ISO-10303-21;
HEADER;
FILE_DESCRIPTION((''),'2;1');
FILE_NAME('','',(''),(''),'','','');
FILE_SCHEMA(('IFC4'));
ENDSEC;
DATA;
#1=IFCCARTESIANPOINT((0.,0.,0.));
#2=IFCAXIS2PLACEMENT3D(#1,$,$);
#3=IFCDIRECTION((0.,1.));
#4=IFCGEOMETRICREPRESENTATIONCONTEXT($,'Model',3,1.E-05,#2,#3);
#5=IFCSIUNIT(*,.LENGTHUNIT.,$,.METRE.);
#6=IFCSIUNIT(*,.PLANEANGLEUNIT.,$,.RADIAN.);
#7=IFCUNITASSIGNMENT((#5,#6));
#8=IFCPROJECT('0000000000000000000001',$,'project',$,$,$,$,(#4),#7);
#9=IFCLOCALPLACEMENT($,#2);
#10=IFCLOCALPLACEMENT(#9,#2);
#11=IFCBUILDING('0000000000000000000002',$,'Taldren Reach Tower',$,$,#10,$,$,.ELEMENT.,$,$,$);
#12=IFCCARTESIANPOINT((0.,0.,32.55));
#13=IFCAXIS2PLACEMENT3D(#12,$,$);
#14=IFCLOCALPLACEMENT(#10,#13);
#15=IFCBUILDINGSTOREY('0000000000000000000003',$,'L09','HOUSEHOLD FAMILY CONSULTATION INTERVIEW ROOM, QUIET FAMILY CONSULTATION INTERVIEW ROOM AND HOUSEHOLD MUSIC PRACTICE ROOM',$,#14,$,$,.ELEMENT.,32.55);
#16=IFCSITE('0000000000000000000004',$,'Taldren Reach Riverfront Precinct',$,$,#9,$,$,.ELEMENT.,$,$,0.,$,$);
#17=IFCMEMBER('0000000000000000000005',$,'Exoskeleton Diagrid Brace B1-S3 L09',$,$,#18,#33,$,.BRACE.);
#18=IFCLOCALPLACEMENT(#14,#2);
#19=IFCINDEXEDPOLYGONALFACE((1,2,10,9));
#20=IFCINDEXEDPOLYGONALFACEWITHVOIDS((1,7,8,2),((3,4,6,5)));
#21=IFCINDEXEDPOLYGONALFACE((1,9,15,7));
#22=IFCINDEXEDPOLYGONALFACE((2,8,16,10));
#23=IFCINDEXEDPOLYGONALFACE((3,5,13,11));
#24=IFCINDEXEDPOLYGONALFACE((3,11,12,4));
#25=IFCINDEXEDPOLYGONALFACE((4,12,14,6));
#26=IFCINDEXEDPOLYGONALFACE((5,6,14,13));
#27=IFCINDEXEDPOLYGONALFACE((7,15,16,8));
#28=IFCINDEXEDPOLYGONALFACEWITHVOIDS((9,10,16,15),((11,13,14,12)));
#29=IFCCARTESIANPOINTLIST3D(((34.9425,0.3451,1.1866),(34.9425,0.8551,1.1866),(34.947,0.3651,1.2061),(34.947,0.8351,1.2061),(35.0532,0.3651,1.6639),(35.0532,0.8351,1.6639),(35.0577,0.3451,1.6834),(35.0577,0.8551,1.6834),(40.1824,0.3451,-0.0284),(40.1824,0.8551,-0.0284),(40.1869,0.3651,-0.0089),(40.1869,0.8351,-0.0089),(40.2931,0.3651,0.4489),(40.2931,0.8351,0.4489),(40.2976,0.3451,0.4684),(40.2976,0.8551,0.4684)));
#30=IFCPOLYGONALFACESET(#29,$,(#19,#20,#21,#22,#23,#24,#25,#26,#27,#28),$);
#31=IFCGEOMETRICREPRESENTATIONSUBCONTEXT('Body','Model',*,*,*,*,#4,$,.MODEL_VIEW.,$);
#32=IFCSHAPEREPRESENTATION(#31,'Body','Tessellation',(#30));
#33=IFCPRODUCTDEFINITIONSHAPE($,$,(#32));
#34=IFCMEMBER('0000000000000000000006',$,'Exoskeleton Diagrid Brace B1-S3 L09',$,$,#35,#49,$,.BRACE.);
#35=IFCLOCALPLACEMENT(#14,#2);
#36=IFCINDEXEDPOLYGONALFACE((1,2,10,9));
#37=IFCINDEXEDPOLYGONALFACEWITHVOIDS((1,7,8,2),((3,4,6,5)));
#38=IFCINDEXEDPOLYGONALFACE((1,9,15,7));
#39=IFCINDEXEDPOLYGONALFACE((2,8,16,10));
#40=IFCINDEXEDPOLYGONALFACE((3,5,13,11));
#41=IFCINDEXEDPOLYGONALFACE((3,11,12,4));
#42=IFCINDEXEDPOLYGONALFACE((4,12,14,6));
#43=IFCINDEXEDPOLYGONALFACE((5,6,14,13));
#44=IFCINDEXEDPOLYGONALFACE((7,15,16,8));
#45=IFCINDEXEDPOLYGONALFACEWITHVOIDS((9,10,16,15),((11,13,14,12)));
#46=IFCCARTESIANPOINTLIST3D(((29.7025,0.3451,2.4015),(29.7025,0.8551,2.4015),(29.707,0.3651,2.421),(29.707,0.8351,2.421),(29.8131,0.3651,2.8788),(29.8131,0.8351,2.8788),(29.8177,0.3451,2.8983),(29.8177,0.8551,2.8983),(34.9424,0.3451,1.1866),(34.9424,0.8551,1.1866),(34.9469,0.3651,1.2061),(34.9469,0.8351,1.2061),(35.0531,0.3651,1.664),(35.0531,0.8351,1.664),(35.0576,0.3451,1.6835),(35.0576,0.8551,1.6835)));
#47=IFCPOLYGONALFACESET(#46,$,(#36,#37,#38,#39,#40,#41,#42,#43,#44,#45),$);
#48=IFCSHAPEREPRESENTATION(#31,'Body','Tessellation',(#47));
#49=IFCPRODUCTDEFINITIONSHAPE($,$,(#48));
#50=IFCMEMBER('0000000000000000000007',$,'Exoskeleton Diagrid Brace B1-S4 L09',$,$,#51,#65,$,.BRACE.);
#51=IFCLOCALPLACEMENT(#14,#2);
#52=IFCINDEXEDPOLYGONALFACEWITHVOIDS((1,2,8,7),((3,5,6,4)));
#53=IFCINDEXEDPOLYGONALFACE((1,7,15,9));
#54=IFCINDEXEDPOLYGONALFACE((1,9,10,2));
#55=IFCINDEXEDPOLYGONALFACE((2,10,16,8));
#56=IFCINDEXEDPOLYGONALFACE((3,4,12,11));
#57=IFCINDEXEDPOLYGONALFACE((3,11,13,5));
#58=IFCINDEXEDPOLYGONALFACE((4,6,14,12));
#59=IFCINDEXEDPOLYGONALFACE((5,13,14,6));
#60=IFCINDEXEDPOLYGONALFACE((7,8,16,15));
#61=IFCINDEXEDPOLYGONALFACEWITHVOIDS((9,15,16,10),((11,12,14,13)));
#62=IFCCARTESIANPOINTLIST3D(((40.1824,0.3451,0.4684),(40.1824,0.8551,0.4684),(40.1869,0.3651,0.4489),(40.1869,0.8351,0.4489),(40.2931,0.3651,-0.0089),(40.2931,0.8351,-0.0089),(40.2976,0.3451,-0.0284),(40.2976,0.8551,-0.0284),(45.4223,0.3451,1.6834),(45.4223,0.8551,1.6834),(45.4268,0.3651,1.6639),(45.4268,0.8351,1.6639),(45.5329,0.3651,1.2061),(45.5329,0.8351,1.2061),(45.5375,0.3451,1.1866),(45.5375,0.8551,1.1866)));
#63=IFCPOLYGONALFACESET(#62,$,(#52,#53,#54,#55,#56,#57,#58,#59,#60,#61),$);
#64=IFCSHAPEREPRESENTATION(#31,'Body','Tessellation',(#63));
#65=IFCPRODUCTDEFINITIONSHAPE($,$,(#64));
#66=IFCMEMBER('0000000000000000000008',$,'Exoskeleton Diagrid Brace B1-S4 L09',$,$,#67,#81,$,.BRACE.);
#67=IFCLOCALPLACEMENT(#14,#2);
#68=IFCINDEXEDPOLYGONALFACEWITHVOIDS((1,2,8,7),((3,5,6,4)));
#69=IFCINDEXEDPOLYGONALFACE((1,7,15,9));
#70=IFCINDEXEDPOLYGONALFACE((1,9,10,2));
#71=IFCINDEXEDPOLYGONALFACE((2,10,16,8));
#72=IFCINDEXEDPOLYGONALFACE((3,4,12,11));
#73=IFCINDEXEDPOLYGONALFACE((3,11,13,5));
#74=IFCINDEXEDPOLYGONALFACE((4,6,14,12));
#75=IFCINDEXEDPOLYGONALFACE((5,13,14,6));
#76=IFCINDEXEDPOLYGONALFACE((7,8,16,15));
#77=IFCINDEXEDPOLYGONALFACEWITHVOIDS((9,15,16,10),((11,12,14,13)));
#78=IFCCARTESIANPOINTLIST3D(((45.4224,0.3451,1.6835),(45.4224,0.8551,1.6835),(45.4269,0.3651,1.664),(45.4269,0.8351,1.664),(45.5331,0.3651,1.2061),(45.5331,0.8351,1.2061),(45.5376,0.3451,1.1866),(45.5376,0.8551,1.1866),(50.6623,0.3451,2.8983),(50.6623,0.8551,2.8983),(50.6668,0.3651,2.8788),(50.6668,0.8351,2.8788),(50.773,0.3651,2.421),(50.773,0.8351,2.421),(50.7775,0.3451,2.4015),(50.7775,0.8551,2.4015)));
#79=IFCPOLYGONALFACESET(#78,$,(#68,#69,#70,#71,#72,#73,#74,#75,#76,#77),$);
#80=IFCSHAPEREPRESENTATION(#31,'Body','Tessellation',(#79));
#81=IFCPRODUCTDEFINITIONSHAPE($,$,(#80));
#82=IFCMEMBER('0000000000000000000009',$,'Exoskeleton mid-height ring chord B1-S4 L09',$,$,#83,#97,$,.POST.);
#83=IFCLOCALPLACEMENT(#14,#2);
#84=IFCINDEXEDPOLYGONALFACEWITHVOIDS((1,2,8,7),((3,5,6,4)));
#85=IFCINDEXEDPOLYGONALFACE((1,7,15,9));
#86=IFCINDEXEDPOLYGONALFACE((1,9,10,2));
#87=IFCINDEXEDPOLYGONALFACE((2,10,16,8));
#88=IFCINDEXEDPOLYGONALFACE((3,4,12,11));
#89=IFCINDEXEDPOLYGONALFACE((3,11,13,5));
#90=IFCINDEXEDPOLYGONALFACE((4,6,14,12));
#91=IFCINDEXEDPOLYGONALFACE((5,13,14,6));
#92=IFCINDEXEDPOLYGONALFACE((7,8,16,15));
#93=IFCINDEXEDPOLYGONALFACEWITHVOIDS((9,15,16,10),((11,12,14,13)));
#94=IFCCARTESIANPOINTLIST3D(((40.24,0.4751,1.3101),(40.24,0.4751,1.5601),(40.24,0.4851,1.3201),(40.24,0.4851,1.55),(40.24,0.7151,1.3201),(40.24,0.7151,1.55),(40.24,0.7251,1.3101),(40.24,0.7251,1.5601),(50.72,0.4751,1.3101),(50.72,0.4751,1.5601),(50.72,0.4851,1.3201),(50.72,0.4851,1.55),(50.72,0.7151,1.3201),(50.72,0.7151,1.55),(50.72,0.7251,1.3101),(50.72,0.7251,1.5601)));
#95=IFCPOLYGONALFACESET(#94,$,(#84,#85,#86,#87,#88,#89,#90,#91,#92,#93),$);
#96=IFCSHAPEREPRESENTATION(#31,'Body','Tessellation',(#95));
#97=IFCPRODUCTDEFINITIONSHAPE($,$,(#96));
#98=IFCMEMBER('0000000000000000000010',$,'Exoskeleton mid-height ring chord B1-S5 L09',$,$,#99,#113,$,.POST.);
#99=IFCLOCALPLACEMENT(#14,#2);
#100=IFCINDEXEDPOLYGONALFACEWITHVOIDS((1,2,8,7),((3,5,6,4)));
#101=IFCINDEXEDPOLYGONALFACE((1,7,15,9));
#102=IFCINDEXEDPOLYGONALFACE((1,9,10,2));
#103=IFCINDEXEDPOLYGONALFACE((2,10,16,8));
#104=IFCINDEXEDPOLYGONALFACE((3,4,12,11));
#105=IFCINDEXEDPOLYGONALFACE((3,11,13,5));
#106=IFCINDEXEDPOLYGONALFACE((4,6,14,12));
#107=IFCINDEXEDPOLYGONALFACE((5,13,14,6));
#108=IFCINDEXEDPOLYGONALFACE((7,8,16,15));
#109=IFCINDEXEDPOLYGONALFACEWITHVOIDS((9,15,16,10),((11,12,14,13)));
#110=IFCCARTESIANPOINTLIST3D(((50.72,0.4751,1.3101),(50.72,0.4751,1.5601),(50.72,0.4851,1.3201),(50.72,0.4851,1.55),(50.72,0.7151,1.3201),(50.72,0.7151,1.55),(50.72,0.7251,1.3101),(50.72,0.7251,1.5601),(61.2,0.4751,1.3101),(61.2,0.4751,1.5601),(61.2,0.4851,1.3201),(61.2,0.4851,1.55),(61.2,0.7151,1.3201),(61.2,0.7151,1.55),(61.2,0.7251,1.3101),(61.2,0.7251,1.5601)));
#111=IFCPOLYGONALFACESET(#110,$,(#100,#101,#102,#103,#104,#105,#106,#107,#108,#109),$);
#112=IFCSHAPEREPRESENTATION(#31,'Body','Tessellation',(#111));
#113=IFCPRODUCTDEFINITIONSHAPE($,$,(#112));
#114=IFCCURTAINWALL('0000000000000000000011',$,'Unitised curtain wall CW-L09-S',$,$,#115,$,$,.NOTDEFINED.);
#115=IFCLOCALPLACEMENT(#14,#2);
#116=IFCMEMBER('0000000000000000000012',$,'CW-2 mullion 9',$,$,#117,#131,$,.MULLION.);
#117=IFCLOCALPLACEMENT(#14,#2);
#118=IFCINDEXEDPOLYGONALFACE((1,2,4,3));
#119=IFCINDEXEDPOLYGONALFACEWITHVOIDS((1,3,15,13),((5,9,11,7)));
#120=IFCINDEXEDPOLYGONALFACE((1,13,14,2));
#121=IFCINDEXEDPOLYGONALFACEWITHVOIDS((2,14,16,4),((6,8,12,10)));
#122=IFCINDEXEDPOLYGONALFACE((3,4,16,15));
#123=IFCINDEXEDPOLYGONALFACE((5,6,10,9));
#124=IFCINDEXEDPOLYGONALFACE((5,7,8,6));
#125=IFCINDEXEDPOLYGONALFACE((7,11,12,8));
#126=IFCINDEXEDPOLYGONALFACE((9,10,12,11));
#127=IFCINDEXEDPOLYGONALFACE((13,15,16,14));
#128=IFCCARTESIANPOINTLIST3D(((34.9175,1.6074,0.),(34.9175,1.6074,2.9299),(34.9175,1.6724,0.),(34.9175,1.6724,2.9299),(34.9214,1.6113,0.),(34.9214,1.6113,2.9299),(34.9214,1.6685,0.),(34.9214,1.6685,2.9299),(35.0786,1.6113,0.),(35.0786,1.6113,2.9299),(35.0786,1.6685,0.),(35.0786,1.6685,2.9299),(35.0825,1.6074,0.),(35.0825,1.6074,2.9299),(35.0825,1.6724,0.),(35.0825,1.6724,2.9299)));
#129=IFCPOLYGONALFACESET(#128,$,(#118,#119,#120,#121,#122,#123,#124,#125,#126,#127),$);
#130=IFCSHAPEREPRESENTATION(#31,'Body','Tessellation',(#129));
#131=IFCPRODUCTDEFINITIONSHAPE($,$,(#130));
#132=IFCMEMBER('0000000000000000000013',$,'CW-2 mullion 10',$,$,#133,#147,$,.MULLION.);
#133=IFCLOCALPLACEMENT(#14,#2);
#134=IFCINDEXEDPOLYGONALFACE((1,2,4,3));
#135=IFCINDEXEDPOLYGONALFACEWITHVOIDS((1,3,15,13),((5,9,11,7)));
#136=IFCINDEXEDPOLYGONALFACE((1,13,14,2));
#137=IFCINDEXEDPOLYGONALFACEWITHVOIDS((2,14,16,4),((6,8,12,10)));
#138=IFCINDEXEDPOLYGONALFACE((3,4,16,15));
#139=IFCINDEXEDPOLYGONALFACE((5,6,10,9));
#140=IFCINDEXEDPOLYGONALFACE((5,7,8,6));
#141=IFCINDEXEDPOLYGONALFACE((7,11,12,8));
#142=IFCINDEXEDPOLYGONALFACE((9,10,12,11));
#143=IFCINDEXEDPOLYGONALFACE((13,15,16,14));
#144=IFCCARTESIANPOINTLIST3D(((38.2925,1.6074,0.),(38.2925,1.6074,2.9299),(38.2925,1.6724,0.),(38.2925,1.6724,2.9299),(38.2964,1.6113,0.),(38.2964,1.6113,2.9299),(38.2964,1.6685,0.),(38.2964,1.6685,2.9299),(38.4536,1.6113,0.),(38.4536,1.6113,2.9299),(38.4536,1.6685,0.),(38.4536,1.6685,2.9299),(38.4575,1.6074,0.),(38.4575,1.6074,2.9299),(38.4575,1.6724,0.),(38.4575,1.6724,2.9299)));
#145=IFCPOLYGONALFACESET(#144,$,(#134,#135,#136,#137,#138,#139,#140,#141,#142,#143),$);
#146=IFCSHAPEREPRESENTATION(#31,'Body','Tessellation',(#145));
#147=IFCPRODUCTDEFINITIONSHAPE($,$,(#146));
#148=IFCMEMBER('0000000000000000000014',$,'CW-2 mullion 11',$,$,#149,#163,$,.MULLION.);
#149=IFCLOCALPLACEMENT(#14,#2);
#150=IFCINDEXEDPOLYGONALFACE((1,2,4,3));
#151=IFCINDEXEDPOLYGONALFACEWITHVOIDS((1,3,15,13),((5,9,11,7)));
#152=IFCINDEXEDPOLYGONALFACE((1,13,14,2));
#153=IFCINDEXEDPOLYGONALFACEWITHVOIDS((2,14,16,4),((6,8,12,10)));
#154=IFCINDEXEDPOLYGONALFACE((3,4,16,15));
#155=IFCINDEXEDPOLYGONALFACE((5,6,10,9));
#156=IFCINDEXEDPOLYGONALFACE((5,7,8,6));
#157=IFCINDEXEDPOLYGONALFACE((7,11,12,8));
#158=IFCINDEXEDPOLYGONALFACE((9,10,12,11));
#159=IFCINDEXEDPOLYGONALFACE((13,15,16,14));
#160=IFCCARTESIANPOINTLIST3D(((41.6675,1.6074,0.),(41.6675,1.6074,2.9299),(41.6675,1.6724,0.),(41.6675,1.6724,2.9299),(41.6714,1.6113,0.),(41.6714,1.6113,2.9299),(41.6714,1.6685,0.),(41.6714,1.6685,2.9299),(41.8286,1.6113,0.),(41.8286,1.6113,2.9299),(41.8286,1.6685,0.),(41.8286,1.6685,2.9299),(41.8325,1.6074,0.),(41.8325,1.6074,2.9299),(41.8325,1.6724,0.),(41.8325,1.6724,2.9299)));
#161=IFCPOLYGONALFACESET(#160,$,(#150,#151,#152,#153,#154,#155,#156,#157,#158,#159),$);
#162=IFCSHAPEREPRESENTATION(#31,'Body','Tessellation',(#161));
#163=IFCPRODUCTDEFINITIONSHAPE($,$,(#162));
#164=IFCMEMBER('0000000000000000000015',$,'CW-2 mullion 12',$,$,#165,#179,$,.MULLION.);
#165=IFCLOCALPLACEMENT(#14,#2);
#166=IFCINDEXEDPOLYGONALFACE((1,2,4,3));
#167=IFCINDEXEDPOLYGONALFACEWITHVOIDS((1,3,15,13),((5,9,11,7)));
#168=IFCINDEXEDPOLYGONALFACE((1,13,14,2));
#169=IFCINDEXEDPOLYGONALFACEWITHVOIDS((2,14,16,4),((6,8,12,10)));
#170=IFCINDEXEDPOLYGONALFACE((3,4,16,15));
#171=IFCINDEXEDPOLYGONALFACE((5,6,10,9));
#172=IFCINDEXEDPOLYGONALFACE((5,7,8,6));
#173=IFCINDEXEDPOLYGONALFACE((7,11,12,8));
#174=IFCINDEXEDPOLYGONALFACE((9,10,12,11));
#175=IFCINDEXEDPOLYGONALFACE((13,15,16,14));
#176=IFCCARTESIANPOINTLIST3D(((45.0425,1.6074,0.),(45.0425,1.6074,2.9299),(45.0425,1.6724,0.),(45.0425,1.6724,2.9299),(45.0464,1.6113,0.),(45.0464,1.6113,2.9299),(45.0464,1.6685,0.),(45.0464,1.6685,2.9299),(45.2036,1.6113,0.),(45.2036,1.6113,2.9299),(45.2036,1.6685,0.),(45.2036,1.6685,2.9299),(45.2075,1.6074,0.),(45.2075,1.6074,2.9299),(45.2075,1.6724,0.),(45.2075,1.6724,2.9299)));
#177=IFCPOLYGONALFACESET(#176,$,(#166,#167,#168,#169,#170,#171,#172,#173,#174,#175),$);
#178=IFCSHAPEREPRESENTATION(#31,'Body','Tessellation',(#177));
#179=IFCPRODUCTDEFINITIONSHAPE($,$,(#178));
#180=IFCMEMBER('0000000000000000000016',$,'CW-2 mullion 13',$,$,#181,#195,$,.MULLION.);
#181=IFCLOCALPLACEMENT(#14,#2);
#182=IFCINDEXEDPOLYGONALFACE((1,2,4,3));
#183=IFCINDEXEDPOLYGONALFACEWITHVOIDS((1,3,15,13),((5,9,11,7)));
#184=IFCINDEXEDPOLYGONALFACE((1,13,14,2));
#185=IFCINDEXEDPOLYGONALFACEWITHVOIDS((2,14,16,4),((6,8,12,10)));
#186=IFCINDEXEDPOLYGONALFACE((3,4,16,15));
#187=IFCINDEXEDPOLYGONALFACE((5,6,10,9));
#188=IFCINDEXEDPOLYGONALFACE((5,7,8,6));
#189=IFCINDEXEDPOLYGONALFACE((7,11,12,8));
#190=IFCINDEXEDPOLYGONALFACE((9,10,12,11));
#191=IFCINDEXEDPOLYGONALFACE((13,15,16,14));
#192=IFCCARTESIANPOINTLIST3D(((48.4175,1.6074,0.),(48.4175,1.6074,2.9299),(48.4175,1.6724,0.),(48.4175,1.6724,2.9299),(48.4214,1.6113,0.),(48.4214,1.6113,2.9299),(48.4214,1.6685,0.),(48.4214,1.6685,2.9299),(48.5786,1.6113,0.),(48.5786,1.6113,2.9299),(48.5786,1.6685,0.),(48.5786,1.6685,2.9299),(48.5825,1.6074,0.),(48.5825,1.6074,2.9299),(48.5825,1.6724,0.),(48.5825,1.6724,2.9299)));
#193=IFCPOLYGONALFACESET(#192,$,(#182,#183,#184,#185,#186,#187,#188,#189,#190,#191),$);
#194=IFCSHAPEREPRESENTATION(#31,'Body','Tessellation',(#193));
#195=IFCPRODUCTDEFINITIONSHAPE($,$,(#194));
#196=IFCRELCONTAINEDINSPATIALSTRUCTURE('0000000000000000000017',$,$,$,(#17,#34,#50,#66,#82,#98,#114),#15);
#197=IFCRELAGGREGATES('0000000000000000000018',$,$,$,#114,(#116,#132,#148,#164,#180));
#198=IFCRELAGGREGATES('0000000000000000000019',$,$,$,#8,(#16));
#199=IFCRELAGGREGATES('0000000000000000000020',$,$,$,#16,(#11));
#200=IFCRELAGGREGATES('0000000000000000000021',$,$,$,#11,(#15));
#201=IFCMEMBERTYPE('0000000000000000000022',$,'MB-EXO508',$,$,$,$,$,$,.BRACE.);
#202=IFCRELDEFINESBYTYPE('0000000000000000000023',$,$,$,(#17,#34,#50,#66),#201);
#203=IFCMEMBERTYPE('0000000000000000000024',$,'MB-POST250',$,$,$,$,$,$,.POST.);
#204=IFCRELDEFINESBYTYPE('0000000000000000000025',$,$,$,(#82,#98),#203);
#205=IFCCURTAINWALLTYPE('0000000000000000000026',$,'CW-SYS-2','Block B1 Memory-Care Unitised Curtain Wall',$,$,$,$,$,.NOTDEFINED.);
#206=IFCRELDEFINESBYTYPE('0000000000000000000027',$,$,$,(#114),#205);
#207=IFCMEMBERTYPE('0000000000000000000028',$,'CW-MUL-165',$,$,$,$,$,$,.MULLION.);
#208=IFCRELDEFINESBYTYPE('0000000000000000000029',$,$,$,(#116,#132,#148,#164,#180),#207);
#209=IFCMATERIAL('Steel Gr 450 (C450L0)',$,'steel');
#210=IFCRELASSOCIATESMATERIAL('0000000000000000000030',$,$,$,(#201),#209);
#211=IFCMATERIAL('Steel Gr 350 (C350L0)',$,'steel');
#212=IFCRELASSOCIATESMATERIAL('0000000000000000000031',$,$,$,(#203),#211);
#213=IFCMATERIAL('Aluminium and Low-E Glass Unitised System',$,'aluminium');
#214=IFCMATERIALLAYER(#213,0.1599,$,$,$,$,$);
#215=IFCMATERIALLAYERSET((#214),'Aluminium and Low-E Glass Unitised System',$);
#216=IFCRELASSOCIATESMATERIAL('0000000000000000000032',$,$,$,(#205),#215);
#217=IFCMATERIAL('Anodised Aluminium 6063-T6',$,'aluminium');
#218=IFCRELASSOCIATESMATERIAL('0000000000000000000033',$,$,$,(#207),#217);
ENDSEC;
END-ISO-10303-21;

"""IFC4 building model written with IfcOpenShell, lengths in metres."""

from ifc_helpers import new_model, si_unit, direction, frame, origin, origin_2d, place, context, subcontext, project, spatial, hollow_rectangle, extrude, source, transform, mapped, material, layer, layer_set, material_profile, profile_set, type_object, element, aggregate, save


model = new_model("IFC4")

# Units and contexts
model_context = context("Model", 3, precision=1e-05, world=origin(), true_north=direction((0.0, 1.0)))
body_context = subcontext(model_context, "Body", "Model", "MODEL_VIEW")
ifc_project = project(units=[si_unit("LENGTHUNIT", "METRE"), si_unit("PLANEANGLEUNIT", "RADIAN")], contexts=[model_context])

# Site, building, storey
site_placement = place(None, origin())
site = spatial("IfcSite", under=ifc_project, at=site_placement, Name="Taldren Reach Riverfront Precinct", CompositionType="ELEMENT", RefElevation=0.0)
building_placement = place(site_placement, origin())
building = spatial("IfcBuilding", under=site, at=building_placement, Name="Taldren Reach Tower", CompositionType="ELEMENT")
storey_placement = place(building_placement, frame((0.0, 0.0, 32.55)))
storey = spatial("IfcBuildingStorey", under=building, at=storey_placement, Name="L09", Description="HOUSEHOLD FAMILY CONSULTATION INTERVIEW ROOM, QUIET FAMILY CONSULTATION INTERVIEW ROOM AND HOUSEHOLD MUSIC PRACTICE ROOM", CompositionType="ELEMENT", Elevation=32.55)

# Members
ifc_material_1 = material(Name="Steel Gr 450 (C450L0)", Category="steel")
ifc_material_profile_1 = material_profile(ifc_material_1, hollow_rectangle(XDim=0.51, YDim=0.51, WallThickness=0.02, at=origin_2d()), Name="510x510x20.0SHS")
ifc_profile_set_1 = profile_set([ifc_material_profile_1], Name="Steel Gr 450 (C450L0)")
member_type_1 = type_object("IfcMemberType", Name="MB-EXO508", PredefinedType="BRACE", material=ifc_profile_set_1)
shared_shape_1 = source(origin(), body_context, "Body", "SweptSolid", [
    extrude(hollow_rectangle(XDim=0.51, YDim=0.51, WallThickness=0.02, at=origin_2d()), origin(), (0.0, 0.0, 1.0), 5.3789),
])
for number, where, z_axis, x_axis, name in (
    (1, (40.24, 0.6001, 0.22), (-0.974152, 0.0, 0.225894), (0.0, -1.0, 0.0), "Exoskeleton Diagrid Brace B1-S3 L09"),
    (2, (35.0, 0.6001, 1.4351), (-0.974162, 0.0, 0.225851), (0.0, -1.0, 0.0), "Exoskeleton Diagrid Brace B1-S3 L09"),
    (3, (40.24, 0.6001, 0.22), (0.974152, 0.0, 0.225894), (0.0, 1.0, 0.0), "Exoskeleton Diagrid Brace B1-S4 L09"),
    (4, (45.48, 0.6001, 1.4351), (0.974162, 0.0, 0.225851), (0.0, 1.0, 0.0), "Exoskeleton Diagrid Brace B1-S4 L09"),
):
    element("IfcMember", number, at=place(storey_placement, frame(where, z_axis=z_axis, x_axis=x_axis)), inside=storey, type_object=member_type_1, Name=name, PredefinedType="BRACE", context=body_context, shape_type="MappedRepresentation", body=[
        mapped(shared_shape_1, transform((0.0, 0.0, 0.0), scale=1.0)),
    ])
ifc_material_2 = material(Name="Steel Gr 350 (C350L0)", Category="steel")
ifc_material_profile_2 = material_profile(ifc_material_2, hollow_rectangle(XDim=0.25, YDim=0.25, WallThickness=0.01, at=origin_2d()), Name="250x250x10.0SHS")
ifc_profile_set_2 = profile_set([ifc_material_profile_2], Name="Steel Gr 350 (C350L0)")
member_type_2 = type_object("IfcMemberType", Name="MB-POST250", PredefinedType="POST", material=ifc_profile_set_2)
shared_shape_2 = source(origin(), body_context, "Body", "SweptSolid", [
    extrude(hollow_rectangle(XDim=0.25, YDim=0.25, WallThickness=0.01, at=origin_2d()), origin(), (0.0, 0.0, 1.0), 10.48),
])
for number, where, z_axis, x_axis, name in (
    (5, (40.24, 0.6001, 1.4351), (1.0, 0.0, 0.0), (0.0, 1.0, 0.0), "Exoskeleton mid-height ring chord B1-S4 L09"),
    (6, (50.72, 0.6001, 1.4351), (1.0, 0.0, 0.0), (0.0, 1.0, 0.0), "Exoskeleton mid-height ring chord B1-S5 L09"),
):
    element("IfcMember", number, at=place(storey_placement, frame(where, z_axis=z_axis, x_axis=x_axis)), inside=storey, type_object=member_type_2, Name=name, PredefinedType="POST", context=body_context, shape_type="MappedRepresentation", body=[
        mapped(shared_shape_2, transform((0.0, 0.0, 0.0), scale=1.0)),
    ])

# Curtain wall, members
ifc_material_3 = material(Name="Aluminium and Low-E Glass Unitised System", Category="aluminium")
ifc_layer_1 = layer(ifc_material_3, 0.1599)
ifc_layer_set_1 = layer_set([ifc_layer_1], Name="Aluminium and Low-E Glass Unitised System")
curtain_wall_type = type_object("IfcCurtainWallType", Name="CW-SYS-2", Description="Block B1 Memory-Care Unitised Curtain Wall", PredefinedType="NOTDEFINED", material=ifc_layer_set_1)
curtain_wall_placement = place(storey_placement, origin())
curtain_wall = element("IfcCurtainWall", 7, at=curtain_wall_placement, inside=storey, type_object=curtain_wall_type, Name="Unitised curtain wall CW-L09-S", PredefinedType="NOTDEFINED")
ifc_material_4 = material(Name="Anodised Aluminium 6063-T6", Category="aluminium")
ifc_material_profile_3 = material_profile(ifc_material_4, hollow_rectangle(XDim=0.0649, YDim=0.165, WallThickness=0.0039, at=origin_2d()), Name="ALU-165x65x4RHS")
ifc_profile_set_3 = profile_set([ifc_material_profile_3], Name="Anodised Aluminium 6063-T6")
member_type_3 = type_object("IfcMemberType", Name="CW-MUL-165", PredefinedType="MULLION", material=ifc_profile_set_3)
shared_shape_3 = source(origin(), body_context, "Body", "SweptSolid", [
    extrude(hollow_rectangle(XDim=0.0649, YDim=0.165, WallThickness=0.0039, at=origin_2d()), origin(), (0.0, 0.0, 1.0), 2.9299),
])
member_1_placement = place(storey_placement, frame((35.0, 1.6399, 0.0), z_axis=(0.0, 0.0, 1.0), x_axis=(0.0, 1.0, 0.0)))
member_1 = element("IfcMember", 8, at=member_1_placement, type_object=member_type_3, Name="CW-2 mullion 9", PredefinedType="MULLION", context=body_context, shape_type="MappedRepresentation", body=[
    mapped(shared_shape_3, transform((0.0, 0.0, 0.0), scale=1.0)),
])
member_2_placement = place(storey_placement, frame((38.375, 1.6399, 0.0), z_axis=(0.0, 0.0, 1.0), x_axis=(0.0, 1.0, 0.0)))
member_2 = element("IfcMember", 9, at=member_2_placement, type_object=member_type_3, Name="CW-2 mullion 10", PredefinedType="MULLION", context=body_context, shape_type="MappedRepresentation", body=[
    mapped(shared_shape_3, transform((0.0, 0.0, 0.0), scale=1.0)),
])
member_3_placement = place(storey_placement, frame((41.75, 1.6399, 0.0), z_axis=(0.0, 0.0, 1.0), x_axis=(0.0, 1.0, 0.0)))
member_3 = element("IfcMember", 10, at=member_3_placement, type_object=member_type_3, Name="CW-2 mullion 11", PredefinedType="MULLION", context=body_context, shape_type="MappedRepresentation", body=[
    mapped(shared_shape_3, transform((0.0, 0.0, 0.0), scale=1.0)),
])
member_4_placement = place(storey_placement, frame((45.125, 1.6399, 0.0), z_axis=(0.0, 0.0, 1.0), x_axis=(0.0, 1.0, 0.0)))
member_4 = element("IfcMember", 11, at=member_4_placement, type_object=member_type_3, Name="CW-2 mullion 12", PredefinedType="MULLION", context=body_context, shape_type="MappedRepresentation", body=[
    mapped(shared_shape_3, transform((0.0, 0.0, 0.0), scale=1.0)),
])
member_5_placement = place(storey_placement, frame((48.5, 1.6399, 0.0), z_axis=(0.0, 0.0, 1.0), x_axis=(0.0, 1.0, 0.0)))
member_5 = element("IfcMember", 12, at=member_5_placement, type_object=member_type_3, Name="CW-2 mullion 13", PredefinedType="MULLION", context=body_context, shape_type="MappedRepresentation", body=[
    mapped(shared_shape_3, transform((0.0, 0.0, 0.0), scale=1.0)),
])

aggregate(curtain_wall, [member_1, member_2, member_3, member_4, member_5])

save(model, "model.ifc")
